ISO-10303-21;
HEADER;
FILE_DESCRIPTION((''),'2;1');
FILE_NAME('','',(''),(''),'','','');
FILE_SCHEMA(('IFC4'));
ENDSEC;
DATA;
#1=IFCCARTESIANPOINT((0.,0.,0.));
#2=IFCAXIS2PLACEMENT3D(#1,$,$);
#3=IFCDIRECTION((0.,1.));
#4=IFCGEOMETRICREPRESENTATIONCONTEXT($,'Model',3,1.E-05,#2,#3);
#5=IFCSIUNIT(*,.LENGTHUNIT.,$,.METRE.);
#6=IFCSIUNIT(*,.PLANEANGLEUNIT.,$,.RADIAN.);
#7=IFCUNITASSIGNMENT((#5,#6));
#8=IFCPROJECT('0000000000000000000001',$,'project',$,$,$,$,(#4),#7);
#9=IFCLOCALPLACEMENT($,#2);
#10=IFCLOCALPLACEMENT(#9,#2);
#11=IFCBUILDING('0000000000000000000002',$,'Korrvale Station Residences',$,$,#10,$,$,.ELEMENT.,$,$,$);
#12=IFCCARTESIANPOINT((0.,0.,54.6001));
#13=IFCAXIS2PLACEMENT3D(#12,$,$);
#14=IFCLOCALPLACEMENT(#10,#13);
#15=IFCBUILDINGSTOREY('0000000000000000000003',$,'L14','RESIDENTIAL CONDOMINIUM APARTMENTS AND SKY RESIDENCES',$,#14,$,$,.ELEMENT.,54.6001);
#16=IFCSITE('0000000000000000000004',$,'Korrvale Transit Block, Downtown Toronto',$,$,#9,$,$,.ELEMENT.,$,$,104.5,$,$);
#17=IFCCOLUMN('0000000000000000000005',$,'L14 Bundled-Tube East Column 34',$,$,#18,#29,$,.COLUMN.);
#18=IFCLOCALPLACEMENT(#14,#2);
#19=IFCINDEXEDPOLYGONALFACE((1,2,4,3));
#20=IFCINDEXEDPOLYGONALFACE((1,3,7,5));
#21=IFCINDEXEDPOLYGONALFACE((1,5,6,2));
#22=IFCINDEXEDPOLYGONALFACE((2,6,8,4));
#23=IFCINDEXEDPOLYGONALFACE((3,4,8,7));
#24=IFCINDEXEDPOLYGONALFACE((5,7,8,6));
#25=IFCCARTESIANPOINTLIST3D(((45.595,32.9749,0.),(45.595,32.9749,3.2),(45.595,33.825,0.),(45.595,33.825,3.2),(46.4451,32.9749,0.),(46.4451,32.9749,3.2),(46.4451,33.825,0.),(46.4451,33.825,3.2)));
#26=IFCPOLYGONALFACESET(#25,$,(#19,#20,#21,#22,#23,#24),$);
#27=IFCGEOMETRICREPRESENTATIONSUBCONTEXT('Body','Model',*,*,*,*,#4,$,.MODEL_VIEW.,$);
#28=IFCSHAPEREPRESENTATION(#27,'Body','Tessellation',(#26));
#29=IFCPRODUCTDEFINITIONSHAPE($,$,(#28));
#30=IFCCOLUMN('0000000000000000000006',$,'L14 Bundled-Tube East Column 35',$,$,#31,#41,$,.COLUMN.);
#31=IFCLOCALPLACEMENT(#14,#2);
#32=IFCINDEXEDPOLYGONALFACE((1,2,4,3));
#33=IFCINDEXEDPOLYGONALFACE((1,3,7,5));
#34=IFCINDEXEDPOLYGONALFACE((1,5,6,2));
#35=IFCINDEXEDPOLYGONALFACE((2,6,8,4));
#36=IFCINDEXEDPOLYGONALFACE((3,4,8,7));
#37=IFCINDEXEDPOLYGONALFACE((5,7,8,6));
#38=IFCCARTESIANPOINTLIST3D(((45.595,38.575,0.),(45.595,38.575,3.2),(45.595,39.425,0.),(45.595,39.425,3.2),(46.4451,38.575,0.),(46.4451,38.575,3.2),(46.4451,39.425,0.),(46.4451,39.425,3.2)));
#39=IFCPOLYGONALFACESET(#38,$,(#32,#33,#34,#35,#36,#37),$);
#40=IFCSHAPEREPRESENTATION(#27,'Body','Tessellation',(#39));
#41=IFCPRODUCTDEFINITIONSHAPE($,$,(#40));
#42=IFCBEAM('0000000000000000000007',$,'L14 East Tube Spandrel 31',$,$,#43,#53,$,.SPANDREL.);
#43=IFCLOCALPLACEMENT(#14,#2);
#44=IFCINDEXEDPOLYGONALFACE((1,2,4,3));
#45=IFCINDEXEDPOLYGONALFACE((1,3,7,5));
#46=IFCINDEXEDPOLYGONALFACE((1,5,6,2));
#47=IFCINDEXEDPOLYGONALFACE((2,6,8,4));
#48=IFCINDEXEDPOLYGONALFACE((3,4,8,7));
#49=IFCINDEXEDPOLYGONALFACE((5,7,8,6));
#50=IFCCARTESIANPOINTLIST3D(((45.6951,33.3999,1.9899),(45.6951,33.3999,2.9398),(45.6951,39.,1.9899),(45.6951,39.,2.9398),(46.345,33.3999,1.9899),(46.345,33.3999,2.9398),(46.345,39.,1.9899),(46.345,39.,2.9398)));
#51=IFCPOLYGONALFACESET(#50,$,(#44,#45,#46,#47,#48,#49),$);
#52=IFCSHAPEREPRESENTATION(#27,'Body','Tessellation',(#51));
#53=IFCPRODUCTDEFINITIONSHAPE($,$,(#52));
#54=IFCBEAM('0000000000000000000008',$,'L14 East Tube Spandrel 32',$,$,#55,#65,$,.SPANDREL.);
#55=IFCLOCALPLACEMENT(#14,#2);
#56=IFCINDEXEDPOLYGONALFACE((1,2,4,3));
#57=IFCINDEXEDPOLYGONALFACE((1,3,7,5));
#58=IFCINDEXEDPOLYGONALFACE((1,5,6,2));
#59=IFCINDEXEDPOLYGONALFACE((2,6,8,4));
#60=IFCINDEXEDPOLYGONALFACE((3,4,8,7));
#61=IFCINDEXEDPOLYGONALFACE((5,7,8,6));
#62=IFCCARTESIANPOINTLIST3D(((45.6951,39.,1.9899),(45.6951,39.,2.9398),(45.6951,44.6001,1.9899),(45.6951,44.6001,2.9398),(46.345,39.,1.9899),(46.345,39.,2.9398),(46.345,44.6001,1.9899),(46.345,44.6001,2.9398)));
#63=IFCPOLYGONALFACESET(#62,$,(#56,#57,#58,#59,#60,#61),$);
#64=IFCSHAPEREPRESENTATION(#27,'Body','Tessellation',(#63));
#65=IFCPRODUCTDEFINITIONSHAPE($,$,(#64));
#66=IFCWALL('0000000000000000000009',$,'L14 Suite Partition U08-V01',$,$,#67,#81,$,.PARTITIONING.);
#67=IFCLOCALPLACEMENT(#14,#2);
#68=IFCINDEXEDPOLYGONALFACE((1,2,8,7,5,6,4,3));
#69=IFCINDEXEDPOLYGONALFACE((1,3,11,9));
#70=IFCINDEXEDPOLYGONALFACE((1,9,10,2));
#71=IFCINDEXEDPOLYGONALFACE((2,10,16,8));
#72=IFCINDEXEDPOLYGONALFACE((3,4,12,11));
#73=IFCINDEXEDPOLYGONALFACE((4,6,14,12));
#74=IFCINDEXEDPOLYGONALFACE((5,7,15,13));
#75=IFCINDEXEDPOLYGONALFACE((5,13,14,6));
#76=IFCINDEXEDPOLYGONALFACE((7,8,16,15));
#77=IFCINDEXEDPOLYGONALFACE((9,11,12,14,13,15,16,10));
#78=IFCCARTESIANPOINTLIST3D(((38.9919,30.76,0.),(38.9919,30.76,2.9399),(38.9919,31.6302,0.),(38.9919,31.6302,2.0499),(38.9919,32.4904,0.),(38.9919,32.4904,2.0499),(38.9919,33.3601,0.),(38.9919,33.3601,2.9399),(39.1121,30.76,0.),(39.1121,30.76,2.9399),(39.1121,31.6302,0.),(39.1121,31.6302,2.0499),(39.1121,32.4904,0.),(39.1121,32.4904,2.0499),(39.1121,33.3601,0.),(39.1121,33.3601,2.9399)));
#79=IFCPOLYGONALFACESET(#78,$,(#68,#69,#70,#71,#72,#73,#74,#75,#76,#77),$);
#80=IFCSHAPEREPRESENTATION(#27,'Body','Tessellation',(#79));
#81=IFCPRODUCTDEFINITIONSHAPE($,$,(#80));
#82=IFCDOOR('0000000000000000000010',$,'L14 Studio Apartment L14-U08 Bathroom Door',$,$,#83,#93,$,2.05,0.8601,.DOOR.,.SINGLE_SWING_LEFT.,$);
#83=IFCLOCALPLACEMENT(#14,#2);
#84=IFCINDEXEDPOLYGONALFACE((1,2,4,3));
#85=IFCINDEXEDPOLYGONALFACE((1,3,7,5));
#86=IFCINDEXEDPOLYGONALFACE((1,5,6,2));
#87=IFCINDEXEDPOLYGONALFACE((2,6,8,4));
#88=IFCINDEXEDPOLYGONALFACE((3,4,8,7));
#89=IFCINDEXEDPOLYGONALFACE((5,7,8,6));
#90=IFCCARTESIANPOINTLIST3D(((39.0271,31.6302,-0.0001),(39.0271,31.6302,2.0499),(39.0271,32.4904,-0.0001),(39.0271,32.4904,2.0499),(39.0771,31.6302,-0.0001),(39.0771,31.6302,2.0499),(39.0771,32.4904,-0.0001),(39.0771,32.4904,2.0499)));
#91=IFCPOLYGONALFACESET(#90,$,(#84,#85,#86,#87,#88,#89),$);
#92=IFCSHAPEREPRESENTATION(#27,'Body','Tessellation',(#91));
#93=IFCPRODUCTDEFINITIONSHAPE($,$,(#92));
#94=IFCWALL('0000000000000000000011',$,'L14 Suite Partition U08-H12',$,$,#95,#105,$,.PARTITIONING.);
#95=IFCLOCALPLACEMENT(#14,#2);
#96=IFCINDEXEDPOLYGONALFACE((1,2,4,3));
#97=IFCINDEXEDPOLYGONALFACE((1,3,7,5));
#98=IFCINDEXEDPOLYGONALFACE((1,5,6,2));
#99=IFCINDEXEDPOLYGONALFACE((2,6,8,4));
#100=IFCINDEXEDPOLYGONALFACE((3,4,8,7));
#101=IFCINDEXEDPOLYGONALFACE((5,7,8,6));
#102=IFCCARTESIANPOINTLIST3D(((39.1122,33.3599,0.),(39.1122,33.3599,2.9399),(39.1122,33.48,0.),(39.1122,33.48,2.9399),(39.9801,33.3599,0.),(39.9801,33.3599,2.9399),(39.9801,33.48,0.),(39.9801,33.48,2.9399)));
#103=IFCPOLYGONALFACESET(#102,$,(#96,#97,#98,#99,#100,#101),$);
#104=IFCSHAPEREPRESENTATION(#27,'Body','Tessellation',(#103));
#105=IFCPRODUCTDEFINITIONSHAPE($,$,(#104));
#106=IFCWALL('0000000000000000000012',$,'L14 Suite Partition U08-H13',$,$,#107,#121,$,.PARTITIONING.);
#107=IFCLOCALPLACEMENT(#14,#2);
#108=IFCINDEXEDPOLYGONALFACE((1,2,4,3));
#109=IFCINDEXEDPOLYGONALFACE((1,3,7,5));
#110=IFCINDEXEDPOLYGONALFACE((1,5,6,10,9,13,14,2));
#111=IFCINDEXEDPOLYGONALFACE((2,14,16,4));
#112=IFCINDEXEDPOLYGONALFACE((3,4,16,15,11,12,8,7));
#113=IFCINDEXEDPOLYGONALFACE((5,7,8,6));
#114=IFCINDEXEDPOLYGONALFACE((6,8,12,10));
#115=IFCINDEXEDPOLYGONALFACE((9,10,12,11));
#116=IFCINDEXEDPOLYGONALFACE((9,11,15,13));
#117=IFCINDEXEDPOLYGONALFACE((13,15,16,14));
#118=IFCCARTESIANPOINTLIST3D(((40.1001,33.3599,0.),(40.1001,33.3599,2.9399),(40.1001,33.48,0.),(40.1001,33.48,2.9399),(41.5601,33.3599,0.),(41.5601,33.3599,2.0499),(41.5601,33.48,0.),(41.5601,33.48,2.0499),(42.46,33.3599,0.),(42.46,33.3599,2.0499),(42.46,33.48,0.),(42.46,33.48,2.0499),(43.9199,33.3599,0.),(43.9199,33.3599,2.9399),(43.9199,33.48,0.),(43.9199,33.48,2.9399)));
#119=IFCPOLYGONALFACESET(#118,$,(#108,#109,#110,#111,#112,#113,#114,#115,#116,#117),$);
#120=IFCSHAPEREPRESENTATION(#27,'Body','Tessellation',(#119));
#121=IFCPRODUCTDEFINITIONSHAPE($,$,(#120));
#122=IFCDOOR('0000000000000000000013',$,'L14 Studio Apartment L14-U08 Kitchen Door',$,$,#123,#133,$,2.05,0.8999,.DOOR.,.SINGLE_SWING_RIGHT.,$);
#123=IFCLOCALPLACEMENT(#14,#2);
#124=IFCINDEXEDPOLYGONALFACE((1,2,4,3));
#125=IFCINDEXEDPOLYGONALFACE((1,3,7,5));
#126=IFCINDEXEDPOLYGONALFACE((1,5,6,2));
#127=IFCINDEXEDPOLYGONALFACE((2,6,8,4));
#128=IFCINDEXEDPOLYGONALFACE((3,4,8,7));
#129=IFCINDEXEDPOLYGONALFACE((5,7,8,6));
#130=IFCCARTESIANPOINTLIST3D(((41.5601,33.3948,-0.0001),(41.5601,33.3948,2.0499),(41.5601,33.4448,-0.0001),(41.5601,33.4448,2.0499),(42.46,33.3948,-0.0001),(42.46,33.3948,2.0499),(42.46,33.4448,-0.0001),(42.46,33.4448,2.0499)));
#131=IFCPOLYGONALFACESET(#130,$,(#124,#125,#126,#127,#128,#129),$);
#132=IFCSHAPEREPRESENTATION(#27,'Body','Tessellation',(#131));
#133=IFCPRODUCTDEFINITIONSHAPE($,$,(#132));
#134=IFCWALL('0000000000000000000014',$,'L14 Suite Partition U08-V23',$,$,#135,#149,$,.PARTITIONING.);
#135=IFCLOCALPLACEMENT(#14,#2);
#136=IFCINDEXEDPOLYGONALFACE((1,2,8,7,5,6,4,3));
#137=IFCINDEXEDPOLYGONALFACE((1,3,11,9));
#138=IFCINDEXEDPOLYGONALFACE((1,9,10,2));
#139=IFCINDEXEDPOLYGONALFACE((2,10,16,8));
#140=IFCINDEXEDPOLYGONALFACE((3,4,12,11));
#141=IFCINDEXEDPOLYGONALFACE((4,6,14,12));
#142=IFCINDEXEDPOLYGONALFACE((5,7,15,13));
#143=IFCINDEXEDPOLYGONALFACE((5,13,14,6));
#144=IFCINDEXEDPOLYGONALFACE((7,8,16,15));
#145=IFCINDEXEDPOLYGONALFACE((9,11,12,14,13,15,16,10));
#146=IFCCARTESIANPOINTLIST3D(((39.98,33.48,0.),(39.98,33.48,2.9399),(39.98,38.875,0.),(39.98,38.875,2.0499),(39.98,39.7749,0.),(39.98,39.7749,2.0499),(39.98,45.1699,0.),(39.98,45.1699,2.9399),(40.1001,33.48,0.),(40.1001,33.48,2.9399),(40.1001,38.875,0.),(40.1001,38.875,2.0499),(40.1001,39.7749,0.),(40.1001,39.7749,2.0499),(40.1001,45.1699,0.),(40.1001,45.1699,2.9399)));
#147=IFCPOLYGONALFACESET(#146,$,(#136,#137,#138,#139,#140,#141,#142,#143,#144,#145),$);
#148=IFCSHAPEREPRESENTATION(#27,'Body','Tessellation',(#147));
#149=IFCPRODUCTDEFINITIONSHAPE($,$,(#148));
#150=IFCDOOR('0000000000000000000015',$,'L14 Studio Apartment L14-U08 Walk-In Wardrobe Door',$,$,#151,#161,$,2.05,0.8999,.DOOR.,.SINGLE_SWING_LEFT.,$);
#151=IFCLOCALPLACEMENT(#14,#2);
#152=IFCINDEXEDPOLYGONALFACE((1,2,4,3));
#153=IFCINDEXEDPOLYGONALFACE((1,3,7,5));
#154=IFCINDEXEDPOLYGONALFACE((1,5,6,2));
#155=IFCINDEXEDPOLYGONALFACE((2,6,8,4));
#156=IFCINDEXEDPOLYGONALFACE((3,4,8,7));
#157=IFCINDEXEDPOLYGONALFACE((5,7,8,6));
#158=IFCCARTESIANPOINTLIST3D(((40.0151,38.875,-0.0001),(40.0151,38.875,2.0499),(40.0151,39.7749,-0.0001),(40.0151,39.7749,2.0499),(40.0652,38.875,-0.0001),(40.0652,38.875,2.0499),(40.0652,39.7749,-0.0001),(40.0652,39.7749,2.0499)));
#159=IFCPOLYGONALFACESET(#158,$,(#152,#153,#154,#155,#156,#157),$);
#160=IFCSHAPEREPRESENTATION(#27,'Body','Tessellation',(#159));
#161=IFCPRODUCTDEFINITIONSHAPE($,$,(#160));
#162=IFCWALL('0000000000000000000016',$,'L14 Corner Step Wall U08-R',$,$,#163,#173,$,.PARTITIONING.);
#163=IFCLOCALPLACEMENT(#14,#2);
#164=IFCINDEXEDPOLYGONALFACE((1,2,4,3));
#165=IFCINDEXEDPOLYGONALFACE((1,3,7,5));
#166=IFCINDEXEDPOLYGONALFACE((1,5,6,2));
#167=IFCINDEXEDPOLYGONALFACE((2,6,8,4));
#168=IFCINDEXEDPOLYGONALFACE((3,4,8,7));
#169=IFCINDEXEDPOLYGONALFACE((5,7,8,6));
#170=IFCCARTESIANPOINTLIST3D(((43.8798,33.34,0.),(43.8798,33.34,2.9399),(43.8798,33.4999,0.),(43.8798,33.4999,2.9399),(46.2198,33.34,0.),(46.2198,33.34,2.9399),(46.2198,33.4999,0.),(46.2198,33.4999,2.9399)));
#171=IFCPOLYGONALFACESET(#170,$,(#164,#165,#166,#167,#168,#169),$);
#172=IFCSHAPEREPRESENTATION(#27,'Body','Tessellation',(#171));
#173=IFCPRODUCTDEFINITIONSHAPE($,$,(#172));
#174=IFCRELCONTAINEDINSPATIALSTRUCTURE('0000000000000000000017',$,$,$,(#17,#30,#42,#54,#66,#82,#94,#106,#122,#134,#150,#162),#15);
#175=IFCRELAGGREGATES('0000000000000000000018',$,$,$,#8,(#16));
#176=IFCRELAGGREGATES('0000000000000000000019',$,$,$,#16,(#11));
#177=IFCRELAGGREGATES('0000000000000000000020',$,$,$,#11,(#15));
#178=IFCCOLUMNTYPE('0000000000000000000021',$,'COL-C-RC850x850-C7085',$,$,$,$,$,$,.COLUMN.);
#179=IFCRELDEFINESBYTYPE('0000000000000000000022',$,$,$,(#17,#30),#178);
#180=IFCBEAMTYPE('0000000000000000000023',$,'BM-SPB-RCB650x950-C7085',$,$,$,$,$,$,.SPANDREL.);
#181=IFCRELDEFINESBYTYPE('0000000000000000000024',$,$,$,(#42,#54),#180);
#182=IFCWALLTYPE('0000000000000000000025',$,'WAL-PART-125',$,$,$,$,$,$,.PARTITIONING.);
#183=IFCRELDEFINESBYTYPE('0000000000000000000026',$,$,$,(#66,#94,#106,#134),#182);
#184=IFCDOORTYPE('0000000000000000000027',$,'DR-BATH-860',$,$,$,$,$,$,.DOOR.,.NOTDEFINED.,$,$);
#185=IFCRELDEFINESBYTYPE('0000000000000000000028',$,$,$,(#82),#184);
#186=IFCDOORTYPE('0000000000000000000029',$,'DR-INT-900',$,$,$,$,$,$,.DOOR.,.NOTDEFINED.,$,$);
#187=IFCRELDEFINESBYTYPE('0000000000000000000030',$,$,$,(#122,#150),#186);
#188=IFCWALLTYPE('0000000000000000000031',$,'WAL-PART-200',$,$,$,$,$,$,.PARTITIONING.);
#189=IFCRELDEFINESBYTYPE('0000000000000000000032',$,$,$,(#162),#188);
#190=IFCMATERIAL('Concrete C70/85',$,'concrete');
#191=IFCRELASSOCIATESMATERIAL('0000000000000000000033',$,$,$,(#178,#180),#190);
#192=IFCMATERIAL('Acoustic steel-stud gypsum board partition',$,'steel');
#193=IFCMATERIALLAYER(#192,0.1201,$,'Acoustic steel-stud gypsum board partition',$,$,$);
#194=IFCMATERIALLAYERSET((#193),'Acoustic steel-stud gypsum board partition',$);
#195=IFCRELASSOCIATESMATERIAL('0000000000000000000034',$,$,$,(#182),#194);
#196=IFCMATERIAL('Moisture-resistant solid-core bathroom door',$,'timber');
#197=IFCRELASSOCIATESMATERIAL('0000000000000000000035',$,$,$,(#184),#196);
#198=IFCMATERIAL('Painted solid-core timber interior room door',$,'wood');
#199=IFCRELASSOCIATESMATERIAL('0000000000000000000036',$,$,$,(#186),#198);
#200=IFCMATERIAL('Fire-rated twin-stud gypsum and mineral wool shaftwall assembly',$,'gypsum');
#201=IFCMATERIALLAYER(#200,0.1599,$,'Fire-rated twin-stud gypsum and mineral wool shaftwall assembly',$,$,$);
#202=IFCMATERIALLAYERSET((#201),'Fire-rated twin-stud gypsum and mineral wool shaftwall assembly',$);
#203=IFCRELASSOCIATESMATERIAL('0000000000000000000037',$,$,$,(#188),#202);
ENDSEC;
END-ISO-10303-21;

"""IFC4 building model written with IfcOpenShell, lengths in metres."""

from ifc_helpers import new_model, si_unit, direction, frame, frame_2d, origin, origin_2d, place, context, subcontext, project, spatial, rectangle, extrude, material, layer, layer_set, material_profile, profile_set, type_object, element, fill, save


model = new_model("IFC4")

# Units and contexts
model_context = context("Model", 3, precision=1e-05, world=origin(), true_north=direction((0.0, 1.0)))
body_context = subcontext(model_context, "Body", "Model", "MODEL_VIEW")
ifc_project = project(units=[si_unit("LENGTHUNIT", "METRE"), si_unit("PLANEANGLEUNIT", "RADIAN")], contexts=[model_context])

# Site, building, storey
site_placement = place(None, origin())
site = spatial("IfcSite", under=ifc_project, at=site_placement, Name="Korrvale Transit Block, Downtown Toronto", CompositionType="ELEMENT", RefElevation=104.5)
building_placement = place(site_placement, origin())
building = spatial("IfcBuilding", under=site, at=building_placement, Name="Korrvale Station Residences", CompositionType="ELEMENT")
storey_placement = place(building_placement, frame((0.0, 0.0, 54.6001)))
storey = spatial("IfcBuildingStorey", under=building, at=storey_placement, Name="L14", Description="RESIDENTIAL CONDOMINIUM APARTMENTS AND SKY RESIDENCES", CompositionType="ELEMENT", Elevation=54.6001)

# Columns
ifc_material_1 = material(Name="Concrete C70/85", Category="concrete")
ifc_material_profile_1 = material_profile(ifc_material_1, rectangle(XDim=0.8501, YDim=0.8501, at=origin_2d()), Name="RC850x850")
ifc_profile_set_1 = profile_set([ifc_material_profile_1], Name="Concrete C70/85")
column_type = type_object("IfcColumnType", Name="COL-C-RC850x850-C7085", PredefinedType="COLUMN", material=ifc_profile_set_1)
for number, where, z_axis, x_axis, name in (
    (1, (46.02, 33.3999, 0.0), (0.0, 0.0, 1.0), (1.0, 0.0, 0.0), "L14 Bundled-Tube East Column 34"),
    (2, (46.02, 39.0, 0.0), (0.0, 0.0, 1.0), (1.0, 0.0, 0.0), "L14 Bundled-Tube East Column 35"),
):
    element("IfcColumn", number, at=place(storey_placement, frame(where, z_axis=z_axis, x_axis=x_axis)), inside=storey, type_object=column_type, Name=name, PredefinedType="COLUMN", context=body_context, shape_type="SweptSolid", body=[
        extrude(rectangle(XDim=0.8501, YDim=0.8501, at=origin_2d()), origin(), (0.0, 0.0, 1.0), 3.2),
    ])

# Beams
ifc_material_profile_2 = material_profile(ifc_material_1, rectangle(XDim=0.6499, YDim=0.95, at=origin_2d()), Name="RCB650x950")
ifc_profile_set_2 = profile_set([ifc_material_profile_2], Name="Concrete C70/85")
beam_type = type_object("IfcBeamType", Name="BM-SPB-RCB650x950-C7085", PredefinedType="SPANDREL", material=ifc_profile_set_2)
for number, where, z_axis, x_axis, name in (
    (3, (46.02, 33.3999, 2.4648), (0.0, 1.0, 0.0), (-1.0, 0.0, 0.0), "L14 East Tube Spandrel 31"),
    (4, (46.02, 39.0, 2.4648), (0.0, 1.0, 0.0), (-1.0, 0.0, 0.0), "L14 East Tube Spandrel 32"),
):
    element("IfcBeam", number, at=place(storey_placement, frame(where, z_axis=z_axis, x_axis=x_axis)), inside=storey, type_object=beam_type, Name=name, PredefinedType="SPANDREL", context=body_context, shape_type="SweptSolid", body=[
        extrude(rectangle(XDim=0.6499, YDim=0.95, at=origin_2d()), origin(), (0.0, 0.0, 1.0), 5.6001),
    ])

# Wall, opening, door
ifc_material_2 = material(Name="Acoustic steel-stud gypsum board partition", Category="steel")
ifc_layer_1 = layer(ifc_material_2, 0.1201, Name="Acoustic steel-stud gypsum board partition")
ifc_layer_set_1 = layer_set([ifc_layer_1], Name="Acoustic steel-stud gypsum board partition")
wall_type_1 = type_object("IfcWallType", Name="WAL-PART-125", PredefinedType="PARTITIONING", material=ifc_layer_set_1)
wall_1_placement = place(storey_placement, frame((39.052, 30.76, 0.0), z_axis=(0.0, 0.0, 1.0), x_axis=(0.0, 1.0, 0.0)))
wall_1 = element("IfcWall", 5, at=wall_1_placement, inside=storey, type_object=wall_type_1, Name="L14 Suite Partition U08-V01", PredefinedType="PARTITIONING", context=body_context, shape_type="SweptSolid", body=[
    extrude(rectangle(XDim=2.6001, YDim=0.1201, at=frame_2d((1.3, 0.0))), origin(), (0.0, 0.0, 1.0), 2.9399),
])
opening_1_placement = place(wall_1_placement, frame((0.8701, 0.0, 0.0)))
opening_1 = element("IfcOpeningElement", 6, at=opening_1_placement, cuts=wall_1, PredefinedType="OPENING", context=body_context, shape_type="SweptSolid", body=[
    extrude(rectangle(XDim=0.8601, YDim=2.05, at=frame_2d((0.4302, 1.0249))), frame((0.0, 0.0701, 0.0), z_axis=(0.0, -1.0, 0.0), x_axis=(1.0, 0.0, 0.0)), (0.0, 0.0, 1.0), 0.1401),
])
ifc_material_3 = material(Name="Moisture-resistant solid-core bathroom door", Category="timber")
door_type_1 = type_object("IfcDoorType", Name="DR-BATH-860", OperationType="NOTDEFINED", PredefinedType="DOOR", material=ifc_material_3)
door_1_placement = place(opening_1_placement, origin())
door_1 = element("IfcDoor", 7, at=door_1_placement, inside=storey, type_object=door_type_1, Name="L14 Studio Apartment L14-U08 Bathroom Door", OperationType="SINGLE_SWING_LEFT", OverallHeight=2.05, OverallWidth=0.8601, PredefinedType="DOOR", context=body_context, shape_type="SweptSolid", body=[
    extrude(rectangle(XDim=0.8601, YDim=2.05, at=frame_2d((0.4302, 1.0249))), frame((0.0, 0.0249, 0.0), z_axis=(0.0, -1.0, 0.0), x_axis=(1.0, 0.0, 0.0)), (0.0, 0.0, 1.0), 0.05),
])
fill(opening_1, door_1)

# Wall
wall_2_placement = place(storey_placement, frame((39.1121, 33.4199, 0.0), z_axis=(0.0, 0.0, 1.0), x_axis=(1.0, 0.0, 0.0)))
element("IfcWall", 8, at=wall_2_placement, inside=storey, type_object=wall_type_1, Name="L14 Suite Partition U08-H12", PredefinedType="PARTITIONING", context=body_context, shape_type="SweptSolid", body=[
    extrude(rectangle(XDim=0.8679, YDim=0.1201, at=frame_2d((0.4341, 0.0))), origin(), (0.0, 0.0, 1.0), 2.9399),
])

# Walls, openings, doors
wall_3_placement = place(storey_placement, frame((40.1001, 33.4199, 0.0), z_axis=(0.0, 0.0, 1.0), x_axis=(1.0, 0.0, 0.0)))
wall_3 = element("IfcWall", 9, at=wall_3_placement, inside=storey, type_object=wall_type_1, Name="L14 Suite Partition U08-H13", PredefinedType="PARTITIONING", context=body_context, shape_type="SweptSolid", body=[
    extrude(rectangle(XDim=3.8198, YDim=0.1201, at=frame_2d((1.9099, 0.0))), origin(), (0.0, 0.0, 1.0), 2.9399),
])
opening_2_placement = place(wall_3_placement, frame((1.46, 0.0, 0.0)))
opening_2 = element("IfcOpeningElement", 10, at=opening_2_placement, cuts=wall_3, PredefinedType="OPENING", context=body_context, shape_type="SweptSolid", body=[
    extrude(rectangle(XDim=0.8999, YDim=2.05, at=frame_2d((0.45, 1.0249))), frame((0.0, 0.0701, 0.0), z_axis=(0.0, -1.0, 0.0), x_axis=(1.0, 0.0, 0.0)), (0.0, 0.0, 1.0), 0.1401),
])
ifc_material_4 = material(Name="Painted solid-core timber interior room door", Category="wood")
door_type_2 = type_object("IfcDoorType", Name="DR-INT-900", OperationType="NOTDEFINED", PredefinedType="DOOR", material=ifc_material_4)
door_2_placement = place(opening_2_placement, origin())
door_2 = element("IfcDoor", 11, at=door_2_placement, inside=storey, type_object=door_type_2, Name="L14 Studio Apartment L14-U08 Kitchen Door", OperationType="SINGLE_SWING_RIGHT", OverallHeight=2.05, OverallWidth=0.8999, PredefinedType="DOOR", context=body_context, shape_type="SweptSolid", body=[
    extrude(rectangle(XDim=0.8999, YDim=2.05, at=frame_2d((0.45, 1.0249))), frame((0.0, 0.0249, 0.0), z_axis=(0.0, -1.0, 0.0), x_axis=(1.0, 0.0, 0.0)), (0.0, 0.0, 1.0), 0.05),
])
fill(opening_2, door_2)
wall_4_placement = place(storey_placement, frame((40.04, 33.48, 0.0), z_axis=(0.0, 0.0, 1.0), x_axis=(0.0, 1.0, 0.0)))
wall_4 = element("IfcWall", 12, at=wall_4_placement, inside=storey, type_object=wall_type_1, Name="L14 Suite Partition U08-V23", PredefinedType="PARTITIONING", context=body_context, shape_type="SweptSolid", body=[
    extrude(rectangle(XDim=11.6899, YDim=0.1201, at=frame_2d((5.845, 0.0))), origin(), (0.0, 0.0, 1.0), 2.9399),
])
opening_3_placement = place(wall_4_placement, frame((5.395, 0.0, 0.0)))
opening_3 = element("IfcOpeningElement", 13, at=opening_3_placement, cuts=wall_4, PredefinedType="OPENING", context=body_context, shape_type="SweptSolid", body=[
    extrude(rectangle(XDim=0.8999, YDim=2.05, at=frame_2d((0.45, 1.0249))), frame((0.0, 0.0701, 0.0), z_axis=(0.0, -1.0, 0.0), x_axis=(1.0, 0.0, 0.0)), (0.0, 0.0, 1.0), 0.1401),
])
door_3_placement = place(opening_3_placement, origin())
door_3 = element("IfcDoor", 14, at=door_3_placement, inside=storey, type_object=door_type_2, Name="L14 Studio Apartment L14-U08 Walk-In Wardrobe Door", OperationType="SINGLE_SWING_LEFT", OverallHeight=2.05, OverallWidth=0.8999, PredefinedType="DOOR", context=body_context, shape_type="SweptSolid", body=[
    extrude(rectangle(XDim=0.8999, YDim=2.05, at=frame_2d((0.45, 1.0249))), frame((0.0, 0.0249, 0.0), z_axis=(0.0, -1.0, 0.0), x_axis=(1.0, 0.0, 0.0)), (0.0, 0.0, 1.0), 0.05),
])
fill(opening_3, door_3)

# Wall
ifc_material_5 = material(Name="Fire-rated twin-stud gypsum and mineral wool shaftwall assembly", Category="gypsum")
ifc_layer_2 = layer(ifc_material_5, 0.1599, Name="Fire-rated twin-stud gypsum and mineral wool shaftwall assembly")
ifc_layer_set_2 = layer_set([ifc_layer_2], Name="Fire-rated twin-stud gypsum and mineral wool shaftwall assembly")
wall_type_2 = type_object("IfcWallType", Name="WAL-PART-200", PredefinedType="PARTITIONING", material=ifc_layer_set_2)
wall_5_placement = place(storey_placement, frame((43.8799, 33.4199, 0.0), z_axis=(0.0, 0.0, 1.0), x_axis=(1.0, 0.0, 0.0)))
element("IfcWall", 15, at=wall_5_placement, inside=storey, type_object=wall_type_2, Name="L14 Corner Step Wall U08-R", PredefinedType="PARTITIONING", context=body_context, shape_type="SweptSolid", body=[
    extrude(rectangle(XDim=2.3401, YDim=0.1599, at=frame_2d((1.1699, 0.0))), origin(), (0.0, 0.0, 1.0), 2.9399),
])

save(model, "model.ifc")
